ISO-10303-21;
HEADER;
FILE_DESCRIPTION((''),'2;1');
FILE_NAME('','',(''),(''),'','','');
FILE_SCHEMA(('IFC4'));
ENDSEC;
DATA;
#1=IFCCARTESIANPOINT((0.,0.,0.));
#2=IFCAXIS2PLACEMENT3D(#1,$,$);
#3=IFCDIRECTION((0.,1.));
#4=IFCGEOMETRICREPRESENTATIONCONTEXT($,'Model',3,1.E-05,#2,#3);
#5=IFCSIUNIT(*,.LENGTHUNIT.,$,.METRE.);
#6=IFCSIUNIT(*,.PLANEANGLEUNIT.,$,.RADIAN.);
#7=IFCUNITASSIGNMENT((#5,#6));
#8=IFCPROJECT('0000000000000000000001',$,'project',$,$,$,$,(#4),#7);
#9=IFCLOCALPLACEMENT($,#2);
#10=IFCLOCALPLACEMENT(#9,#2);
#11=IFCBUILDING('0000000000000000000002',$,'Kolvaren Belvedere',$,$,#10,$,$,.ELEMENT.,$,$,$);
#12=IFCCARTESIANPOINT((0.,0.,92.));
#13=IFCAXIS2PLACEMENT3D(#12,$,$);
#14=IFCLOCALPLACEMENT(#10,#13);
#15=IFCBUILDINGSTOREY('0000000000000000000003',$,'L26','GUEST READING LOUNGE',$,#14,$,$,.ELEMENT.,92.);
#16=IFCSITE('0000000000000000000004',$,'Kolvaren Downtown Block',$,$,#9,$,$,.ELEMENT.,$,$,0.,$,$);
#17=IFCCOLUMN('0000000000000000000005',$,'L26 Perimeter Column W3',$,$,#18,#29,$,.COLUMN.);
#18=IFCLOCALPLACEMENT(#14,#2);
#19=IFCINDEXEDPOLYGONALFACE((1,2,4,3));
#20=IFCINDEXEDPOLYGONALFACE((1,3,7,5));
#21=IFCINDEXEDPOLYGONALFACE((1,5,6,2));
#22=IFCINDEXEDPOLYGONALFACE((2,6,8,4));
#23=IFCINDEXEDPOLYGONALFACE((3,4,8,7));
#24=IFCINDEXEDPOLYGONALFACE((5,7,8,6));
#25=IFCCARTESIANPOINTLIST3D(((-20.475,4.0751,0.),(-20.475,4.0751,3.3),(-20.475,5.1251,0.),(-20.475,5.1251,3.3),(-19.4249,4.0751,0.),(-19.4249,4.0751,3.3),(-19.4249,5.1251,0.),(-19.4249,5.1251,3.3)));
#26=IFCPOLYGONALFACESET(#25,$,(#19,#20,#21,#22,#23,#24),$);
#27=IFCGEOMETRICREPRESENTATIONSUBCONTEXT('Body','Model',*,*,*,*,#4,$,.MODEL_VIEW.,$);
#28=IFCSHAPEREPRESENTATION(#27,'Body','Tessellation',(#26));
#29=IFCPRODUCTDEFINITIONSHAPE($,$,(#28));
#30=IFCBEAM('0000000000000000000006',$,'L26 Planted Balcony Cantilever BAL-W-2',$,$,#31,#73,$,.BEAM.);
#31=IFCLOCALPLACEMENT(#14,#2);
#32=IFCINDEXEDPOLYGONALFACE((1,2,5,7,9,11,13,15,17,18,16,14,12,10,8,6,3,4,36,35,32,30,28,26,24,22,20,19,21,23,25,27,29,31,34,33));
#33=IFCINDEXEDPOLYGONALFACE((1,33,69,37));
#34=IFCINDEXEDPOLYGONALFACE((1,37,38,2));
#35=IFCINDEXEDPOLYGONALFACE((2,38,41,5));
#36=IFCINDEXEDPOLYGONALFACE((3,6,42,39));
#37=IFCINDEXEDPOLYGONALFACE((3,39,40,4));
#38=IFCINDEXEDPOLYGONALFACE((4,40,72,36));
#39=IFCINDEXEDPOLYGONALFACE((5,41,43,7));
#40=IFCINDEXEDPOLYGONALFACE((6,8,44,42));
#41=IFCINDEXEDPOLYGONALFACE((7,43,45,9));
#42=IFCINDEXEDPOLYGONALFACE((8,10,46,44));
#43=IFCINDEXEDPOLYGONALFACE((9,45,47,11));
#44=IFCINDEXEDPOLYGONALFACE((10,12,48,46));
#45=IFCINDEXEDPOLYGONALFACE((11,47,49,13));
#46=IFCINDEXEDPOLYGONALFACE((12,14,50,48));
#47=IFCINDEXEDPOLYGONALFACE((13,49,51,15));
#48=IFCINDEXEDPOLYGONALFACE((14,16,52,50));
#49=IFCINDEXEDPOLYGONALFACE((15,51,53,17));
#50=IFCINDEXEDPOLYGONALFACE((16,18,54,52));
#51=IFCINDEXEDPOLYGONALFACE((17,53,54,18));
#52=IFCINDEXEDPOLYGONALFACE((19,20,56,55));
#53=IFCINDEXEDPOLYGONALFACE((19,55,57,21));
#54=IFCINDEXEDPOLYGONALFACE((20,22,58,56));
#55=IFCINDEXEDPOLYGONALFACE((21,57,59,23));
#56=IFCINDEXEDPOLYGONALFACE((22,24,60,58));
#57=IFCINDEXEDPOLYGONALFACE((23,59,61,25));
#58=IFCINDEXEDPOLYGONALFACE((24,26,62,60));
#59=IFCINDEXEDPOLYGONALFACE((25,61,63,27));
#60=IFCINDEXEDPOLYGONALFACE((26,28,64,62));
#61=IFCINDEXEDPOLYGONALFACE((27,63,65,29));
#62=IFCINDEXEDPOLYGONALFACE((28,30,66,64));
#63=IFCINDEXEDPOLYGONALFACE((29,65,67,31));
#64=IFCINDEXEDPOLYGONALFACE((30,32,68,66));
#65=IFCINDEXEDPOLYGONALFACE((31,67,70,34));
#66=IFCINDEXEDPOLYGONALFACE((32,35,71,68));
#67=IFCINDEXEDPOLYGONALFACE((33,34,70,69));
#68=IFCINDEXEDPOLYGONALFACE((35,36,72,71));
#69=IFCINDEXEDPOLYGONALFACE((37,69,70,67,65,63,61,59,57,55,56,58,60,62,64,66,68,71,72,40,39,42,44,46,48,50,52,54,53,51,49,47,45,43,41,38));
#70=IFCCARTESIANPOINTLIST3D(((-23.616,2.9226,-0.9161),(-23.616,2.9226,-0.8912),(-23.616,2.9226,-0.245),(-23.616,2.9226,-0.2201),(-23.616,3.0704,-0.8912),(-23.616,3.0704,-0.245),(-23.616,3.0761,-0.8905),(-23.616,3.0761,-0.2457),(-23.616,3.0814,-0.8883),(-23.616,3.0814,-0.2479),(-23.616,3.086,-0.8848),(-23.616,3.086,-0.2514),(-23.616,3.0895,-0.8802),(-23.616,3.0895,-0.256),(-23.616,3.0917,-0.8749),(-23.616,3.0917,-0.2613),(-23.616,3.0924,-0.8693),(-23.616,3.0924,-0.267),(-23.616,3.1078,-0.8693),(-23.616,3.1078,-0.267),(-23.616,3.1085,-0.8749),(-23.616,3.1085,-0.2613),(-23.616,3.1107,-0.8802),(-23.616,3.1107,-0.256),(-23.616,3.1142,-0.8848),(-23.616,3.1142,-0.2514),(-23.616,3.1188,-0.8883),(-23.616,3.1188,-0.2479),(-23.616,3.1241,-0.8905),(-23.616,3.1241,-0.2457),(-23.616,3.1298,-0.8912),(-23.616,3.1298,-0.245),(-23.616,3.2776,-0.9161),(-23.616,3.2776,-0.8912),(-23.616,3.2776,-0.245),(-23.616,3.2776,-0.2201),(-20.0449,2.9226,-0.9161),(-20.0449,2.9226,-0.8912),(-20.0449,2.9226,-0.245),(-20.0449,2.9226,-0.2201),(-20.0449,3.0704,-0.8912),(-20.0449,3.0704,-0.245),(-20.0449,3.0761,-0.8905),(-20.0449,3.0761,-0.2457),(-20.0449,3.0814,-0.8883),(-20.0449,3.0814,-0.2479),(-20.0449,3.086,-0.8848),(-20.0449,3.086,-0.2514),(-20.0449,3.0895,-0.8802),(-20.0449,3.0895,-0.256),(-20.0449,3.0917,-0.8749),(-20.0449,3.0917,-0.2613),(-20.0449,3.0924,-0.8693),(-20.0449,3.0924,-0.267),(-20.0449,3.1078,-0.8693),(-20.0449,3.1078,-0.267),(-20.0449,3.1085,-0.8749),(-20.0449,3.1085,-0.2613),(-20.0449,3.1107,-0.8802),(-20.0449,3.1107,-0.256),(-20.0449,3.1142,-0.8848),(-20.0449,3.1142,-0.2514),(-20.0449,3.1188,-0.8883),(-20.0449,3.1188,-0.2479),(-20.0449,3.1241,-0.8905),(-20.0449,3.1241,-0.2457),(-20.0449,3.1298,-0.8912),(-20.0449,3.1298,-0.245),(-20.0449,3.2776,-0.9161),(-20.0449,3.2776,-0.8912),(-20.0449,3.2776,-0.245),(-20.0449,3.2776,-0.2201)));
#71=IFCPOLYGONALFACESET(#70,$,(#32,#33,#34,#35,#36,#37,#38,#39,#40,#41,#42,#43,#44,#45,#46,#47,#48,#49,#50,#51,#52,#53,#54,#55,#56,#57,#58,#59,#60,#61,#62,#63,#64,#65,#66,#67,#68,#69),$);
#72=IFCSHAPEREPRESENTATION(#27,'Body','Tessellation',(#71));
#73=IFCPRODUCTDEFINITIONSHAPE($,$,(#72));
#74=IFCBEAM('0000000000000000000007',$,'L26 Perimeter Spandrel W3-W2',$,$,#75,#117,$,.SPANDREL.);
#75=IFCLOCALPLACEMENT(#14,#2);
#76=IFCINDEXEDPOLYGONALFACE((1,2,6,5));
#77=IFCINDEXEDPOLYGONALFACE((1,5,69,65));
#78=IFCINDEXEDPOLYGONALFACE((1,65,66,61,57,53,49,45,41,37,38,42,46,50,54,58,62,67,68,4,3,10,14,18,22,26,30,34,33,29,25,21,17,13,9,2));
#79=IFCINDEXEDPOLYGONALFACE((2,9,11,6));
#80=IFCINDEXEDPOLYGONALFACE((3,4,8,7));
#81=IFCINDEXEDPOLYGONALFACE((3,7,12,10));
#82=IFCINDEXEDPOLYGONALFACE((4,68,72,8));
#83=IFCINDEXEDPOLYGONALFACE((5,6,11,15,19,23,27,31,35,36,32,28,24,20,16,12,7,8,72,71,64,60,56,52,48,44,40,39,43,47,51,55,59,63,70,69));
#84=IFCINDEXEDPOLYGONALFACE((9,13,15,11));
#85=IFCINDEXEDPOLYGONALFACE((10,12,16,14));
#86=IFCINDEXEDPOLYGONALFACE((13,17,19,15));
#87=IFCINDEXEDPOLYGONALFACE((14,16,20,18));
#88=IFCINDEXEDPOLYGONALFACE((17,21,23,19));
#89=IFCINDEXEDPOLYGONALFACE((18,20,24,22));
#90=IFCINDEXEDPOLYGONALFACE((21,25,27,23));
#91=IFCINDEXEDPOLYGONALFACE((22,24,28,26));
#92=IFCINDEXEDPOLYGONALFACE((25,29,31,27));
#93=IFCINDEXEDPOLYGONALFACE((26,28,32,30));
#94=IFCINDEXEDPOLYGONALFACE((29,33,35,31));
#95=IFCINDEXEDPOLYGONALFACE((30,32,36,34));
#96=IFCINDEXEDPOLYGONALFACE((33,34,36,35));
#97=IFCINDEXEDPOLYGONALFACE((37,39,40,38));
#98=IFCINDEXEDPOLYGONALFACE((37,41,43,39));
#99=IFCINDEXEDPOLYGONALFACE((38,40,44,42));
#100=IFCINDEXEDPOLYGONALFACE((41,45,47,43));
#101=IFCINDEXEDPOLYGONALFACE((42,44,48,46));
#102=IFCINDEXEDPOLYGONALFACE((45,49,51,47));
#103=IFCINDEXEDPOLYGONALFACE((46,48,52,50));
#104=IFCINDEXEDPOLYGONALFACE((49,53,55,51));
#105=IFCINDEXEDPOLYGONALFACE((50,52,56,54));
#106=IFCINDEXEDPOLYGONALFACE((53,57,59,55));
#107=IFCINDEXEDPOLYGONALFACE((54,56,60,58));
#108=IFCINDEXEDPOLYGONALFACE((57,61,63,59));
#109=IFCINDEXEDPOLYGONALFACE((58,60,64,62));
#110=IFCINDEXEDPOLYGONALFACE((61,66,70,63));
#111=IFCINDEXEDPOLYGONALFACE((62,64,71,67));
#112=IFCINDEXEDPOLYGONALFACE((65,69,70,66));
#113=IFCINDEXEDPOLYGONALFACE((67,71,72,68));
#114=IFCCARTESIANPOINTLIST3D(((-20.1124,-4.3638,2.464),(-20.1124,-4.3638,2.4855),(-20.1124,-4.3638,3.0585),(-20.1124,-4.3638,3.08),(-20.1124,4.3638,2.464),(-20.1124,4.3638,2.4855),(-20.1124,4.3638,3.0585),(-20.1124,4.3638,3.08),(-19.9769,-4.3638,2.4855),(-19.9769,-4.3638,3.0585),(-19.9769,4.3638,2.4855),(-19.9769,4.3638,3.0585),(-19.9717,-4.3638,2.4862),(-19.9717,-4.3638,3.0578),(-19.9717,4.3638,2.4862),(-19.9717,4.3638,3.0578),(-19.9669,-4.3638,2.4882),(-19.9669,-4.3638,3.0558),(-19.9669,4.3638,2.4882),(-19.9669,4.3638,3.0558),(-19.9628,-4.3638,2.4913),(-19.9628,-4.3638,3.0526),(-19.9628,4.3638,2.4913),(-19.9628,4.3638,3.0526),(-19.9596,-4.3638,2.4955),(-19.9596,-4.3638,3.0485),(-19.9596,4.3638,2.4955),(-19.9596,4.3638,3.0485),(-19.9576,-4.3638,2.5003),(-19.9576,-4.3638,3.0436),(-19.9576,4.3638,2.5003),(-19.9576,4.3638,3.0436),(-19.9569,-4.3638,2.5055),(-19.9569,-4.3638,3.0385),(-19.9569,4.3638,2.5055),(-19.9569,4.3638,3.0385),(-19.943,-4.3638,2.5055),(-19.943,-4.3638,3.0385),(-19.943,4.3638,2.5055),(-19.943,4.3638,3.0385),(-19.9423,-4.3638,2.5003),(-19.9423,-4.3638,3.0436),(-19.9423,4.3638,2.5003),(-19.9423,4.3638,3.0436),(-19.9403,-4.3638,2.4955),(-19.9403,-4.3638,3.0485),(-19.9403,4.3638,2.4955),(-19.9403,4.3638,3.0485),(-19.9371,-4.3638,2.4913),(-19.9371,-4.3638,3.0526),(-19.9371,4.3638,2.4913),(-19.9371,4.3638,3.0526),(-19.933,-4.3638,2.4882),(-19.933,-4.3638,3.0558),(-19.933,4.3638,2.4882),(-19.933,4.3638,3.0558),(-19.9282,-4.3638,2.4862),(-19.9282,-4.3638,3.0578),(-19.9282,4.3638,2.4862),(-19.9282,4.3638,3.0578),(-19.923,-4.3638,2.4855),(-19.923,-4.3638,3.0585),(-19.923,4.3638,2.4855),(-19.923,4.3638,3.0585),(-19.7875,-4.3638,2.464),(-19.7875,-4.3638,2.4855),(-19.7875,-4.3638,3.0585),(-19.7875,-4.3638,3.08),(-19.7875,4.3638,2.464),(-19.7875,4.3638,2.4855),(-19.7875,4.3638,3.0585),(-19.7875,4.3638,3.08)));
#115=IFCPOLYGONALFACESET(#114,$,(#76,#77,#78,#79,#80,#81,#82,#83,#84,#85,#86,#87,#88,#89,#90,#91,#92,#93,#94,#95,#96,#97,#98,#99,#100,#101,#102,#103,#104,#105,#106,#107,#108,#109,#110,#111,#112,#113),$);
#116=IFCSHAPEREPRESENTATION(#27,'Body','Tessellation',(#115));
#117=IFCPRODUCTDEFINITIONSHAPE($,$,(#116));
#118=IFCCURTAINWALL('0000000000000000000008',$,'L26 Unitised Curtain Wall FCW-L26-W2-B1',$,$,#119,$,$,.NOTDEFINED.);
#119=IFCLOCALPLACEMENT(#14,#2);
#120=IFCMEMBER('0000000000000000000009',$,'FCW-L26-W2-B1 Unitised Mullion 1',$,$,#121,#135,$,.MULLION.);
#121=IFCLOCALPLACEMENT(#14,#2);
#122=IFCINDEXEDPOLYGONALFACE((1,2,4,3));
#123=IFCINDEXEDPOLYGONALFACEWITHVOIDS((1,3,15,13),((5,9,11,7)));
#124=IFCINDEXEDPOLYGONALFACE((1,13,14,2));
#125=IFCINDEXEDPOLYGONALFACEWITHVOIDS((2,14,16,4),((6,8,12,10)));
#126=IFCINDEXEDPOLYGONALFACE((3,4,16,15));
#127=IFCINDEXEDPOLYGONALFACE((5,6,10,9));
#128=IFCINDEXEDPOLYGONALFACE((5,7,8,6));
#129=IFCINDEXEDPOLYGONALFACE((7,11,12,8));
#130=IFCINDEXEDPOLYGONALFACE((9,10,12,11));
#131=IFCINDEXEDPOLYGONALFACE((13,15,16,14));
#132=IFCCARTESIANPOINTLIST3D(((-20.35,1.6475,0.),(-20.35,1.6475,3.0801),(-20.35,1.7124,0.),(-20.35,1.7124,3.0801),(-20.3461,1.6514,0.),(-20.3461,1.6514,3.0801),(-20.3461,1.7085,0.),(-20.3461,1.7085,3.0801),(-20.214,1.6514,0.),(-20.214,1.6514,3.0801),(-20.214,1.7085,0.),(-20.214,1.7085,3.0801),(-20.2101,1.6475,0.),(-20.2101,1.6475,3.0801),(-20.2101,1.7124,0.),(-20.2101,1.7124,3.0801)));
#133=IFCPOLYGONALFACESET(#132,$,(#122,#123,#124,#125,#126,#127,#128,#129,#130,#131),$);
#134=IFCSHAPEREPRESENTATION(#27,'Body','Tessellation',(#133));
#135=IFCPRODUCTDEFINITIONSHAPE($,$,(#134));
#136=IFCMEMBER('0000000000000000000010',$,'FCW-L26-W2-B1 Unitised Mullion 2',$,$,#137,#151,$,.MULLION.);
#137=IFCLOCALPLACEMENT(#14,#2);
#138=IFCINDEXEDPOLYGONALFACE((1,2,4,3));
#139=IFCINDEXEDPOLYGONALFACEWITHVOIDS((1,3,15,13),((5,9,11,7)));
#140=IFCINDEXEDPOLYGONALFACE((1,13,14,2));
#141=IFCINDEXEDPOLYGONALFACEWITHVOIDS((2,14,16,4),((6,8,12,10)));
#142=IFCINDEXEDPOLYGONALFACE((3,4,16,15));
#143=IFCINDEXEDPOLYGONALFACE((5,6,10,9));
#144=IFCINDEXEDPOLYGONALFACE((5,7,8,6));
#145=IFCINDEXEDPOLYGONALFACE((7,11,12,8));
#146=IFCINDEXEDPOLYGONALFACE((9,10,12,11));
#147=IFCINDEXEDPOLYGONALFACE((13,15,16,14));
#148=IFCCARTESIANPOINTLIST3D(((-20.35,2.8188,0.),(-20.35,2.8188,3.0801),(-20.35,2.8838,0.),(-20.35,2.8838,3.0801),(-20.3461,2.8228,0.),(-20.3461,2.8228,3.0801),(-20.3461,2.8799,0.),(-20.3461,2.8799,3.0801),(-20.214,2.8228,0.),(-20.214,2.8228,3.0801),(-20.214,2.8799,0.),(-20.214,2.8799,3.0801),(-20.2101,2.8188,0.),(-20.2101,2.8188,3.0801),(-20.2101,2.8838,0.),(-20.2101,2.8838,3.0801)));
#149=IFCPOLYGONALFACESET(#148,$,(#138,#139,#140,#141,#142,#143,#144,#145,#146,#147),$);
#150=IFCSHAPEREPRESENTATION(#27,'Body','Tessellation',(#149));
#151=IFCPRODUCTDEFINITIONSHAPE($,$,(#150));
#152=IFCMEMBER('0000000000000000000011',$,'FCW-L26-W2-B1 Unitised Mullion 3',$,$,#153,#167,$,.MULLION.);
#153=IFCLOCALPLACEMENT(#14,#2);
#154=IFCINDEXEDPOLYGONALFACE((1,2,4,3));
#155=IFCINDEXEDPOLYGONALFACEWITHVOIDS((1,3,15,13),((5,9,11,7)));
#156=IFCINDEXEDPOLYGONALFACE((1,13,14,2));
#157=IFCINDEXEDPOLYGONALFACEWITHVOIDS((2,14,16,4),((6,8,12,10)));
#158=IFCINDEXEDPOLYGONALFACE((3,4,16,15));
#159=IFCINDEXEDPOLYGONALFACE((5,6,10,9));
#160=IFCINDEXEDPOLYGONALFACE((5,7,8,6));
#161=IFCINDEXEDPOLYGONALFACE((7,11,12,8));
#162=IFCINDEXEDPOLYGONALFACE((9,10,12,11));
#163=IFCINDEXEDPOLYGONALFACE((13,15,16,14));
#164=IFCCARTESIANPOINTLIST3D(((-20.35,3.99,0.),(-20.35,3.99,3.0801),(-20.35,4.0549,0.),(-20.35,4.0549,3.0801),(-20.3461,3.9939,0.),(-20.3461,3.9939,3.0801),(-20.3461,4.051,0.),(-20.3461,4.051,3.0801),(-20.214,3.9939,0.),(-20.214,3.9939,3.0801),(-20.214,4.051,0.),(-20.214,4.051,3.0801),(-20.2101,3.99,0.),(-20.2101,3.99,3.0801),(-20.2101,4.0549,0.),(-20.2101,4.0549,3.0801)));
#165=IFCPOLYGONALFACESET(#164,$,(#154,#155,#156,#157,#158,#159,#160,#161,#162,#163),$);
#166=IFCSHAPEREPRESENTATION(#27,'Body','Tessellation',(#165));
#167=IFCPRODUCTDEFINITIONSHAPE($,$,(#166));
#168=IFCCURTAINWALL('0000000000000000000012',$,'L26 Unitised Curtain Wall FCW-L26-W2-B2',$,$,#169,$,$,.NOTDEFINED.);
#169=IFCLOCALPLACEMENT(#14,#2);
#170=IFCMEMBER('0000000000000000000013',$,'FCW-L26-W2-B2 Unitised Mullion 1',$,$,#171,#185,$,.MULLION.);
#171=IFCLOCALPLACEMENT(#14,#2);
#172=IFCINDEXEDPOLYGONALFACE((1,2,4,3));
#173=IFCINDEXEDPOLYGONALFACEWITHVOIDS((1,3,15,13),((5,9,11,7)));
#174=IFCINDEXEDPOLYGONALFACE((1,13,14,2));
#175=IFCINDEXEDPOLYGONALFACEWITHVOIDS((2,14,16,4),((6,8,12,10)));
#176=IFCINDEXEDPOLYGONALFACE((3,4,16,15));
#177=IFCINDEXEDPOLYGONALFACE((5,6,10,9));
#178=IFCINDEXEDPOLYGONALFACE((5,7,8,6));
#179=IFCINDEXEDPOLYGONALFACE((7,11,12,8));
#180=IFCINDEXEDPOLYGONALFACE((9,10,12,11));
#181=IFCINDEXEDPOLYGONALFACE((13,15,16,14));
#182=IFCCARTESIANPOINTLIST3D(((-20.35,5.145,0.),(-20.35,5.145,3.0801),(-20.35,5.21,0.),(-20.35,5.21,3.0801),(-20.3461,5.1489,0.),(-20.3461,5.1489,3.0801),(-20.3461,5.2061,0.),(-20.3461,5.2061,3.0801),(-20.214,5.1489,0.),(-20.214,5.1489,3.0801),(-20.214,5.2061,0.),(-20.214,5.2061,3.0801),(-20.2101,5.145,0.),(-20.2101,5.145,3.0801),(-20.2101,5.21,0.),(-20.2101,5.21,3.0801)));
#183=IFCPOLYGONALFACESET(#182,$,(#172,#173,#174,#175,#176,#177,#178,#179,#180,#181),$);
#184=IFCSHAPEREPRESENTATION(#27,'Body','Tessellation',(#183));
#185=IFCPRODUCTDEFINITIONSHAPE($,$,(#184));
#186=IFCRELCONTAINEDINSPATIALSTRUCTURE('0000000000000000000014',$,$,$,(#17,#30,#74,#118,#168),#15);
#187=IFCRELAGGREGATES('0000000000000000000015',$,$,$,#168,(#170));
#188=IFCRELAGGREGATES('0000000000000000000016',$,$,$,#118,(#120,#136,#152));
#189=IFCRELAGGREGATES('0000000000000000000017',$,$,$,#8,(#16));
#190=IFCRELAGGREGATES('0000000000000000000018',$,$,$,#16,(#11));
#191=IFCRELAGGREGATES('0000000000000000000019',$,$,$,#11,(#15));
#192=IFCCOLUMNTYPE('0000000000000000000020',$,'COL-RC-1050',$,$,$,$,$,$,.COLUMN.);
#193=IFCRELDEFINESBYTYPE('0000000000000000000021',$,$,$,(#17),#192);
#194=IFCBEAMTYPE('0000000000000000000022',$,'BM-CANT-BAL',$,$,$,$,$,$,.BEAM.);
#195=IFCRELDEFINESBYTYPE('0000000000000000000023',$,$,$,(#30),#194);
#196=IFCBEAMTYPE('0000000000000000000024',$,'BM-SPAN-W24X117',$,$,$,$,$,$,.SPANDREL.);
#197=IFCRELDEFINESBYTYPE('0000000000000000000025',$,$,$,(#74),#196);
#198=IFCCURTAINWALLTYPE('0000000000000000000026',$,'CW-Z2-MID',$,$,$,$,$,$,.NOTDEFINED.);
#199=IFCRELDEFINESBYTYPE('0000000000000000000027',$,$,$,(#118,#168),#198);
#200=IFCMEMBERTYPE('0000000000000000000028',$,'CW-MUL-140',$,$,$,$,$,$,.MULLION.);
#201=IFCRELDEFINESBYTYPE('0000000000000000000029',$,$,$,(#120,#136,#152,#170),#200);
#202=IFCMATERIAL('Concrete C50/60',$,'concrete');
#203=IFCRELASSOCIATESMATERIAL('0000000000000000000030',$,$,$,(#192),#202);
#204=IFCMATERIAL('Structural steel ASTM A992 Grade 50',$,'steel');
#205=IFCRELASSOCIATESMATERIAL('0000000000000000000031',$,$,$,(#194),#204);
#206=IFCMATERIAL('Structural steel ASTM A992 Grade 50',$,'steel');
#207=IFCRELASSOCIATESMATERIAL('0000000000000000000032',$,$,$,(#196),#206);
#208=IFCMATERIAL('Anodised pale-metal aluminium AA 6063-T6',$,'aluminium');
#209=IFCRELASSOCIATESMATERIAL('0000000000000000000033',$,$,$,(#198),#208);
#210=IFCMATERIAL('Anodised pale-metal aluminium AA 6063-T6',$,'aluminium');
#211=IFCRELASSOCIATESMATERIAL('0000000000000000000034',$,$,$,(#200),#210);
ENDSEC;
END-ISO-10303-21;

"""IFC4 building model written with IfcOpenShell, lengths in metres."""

from ifc_helpers import new_model, si_unit, direction, frame, origin, origin_2d, place, context, subcontext, project, spatial, rectangle, hollow_rectangle, i_section, extrude, material, material_profile, profile_set, type_object, element, aggregate, save


model = new_model("IFC4")

# Units and contexts
model_context = context("Model", 3, precision=1e-05, world=origin(), true_north=direction((0.0, 1.0)))
body_context = subcontext(model_context, "Body", "Model", "MODEL_VIEW")
ifc_project = project(units=[si_unit("LENGTHUNIT", "METRE"), si_unit("PLANEANGLEUNIT", "RADIAN")], contexts=[model_context])

# Site, building, storey
site_placement = place(None, origin())
site = spatial("IfcSite", under=ifc_project, at=site_placement, Name="Kolvaren Downtown Block", CompositionType="ELEMENT", RefElevation=0.0)
building_placement = place(site_placement, origin())
building = spatial("IfcBuilding", under=site, at=building_placement, Name="Kolvaren Belvedere", CompositionType="ELEMENT")
storey_placement = place(building_placement, frame((0.0, 0.0, 92.0)))
storey = spatial("IfcBuildingStorey", under=building, at=storey_placement, Name="L26", Description="GUEST READING LOUNGE", CompositionType="ELEMENT", Elevation=92.0)

# Column
ifc_material_1 = material(Name="Concrete C50/60", Category="concrete")
ifc_material_profile_1 = material_profile(ifc_material_1, rectangle(XDim=1.05, YDim=1.05, at=origin_2d()), Name="RC 1050X1050")
ifc_profile_set_1 = profile_set([ifc_material_profile_1], Name="Concrete C50/60")
column_type = type_object("IfcColumnType", Name="COL-RC-1050", PredefinedType="COLUMN", material=ifc_profile_set_1)
column_placement = place(storey_placement, frame((-19.95, 4.6001, 0.0), z_axis=(0.0, 0.0, 1.0), x_axis=(1.0, 0.0, 0.0)))
element("IfcColumn", 1, at=column_placement, inside=storey, type_object=column_type, Name="L26 Perimeter Column W3", PredefinedType="COLUMN", context=body_context, shape_type="SweptSolid", body=[
    extrude(rectangle(XDim=1.05, YDim=1.05, at=origin_2d()), origin(), (0.0, 0.0, 1.0), 3.3),
])

# Beams
ifc_material_2 = material(Name="Structural steel ASTM A992 Grade 50", Category="steel")
ifc_material_profile_2 = material_profile(ifc_material_2, i_section(OverallWidth=0.355, OverallDepth=0.696, WebThickness=0.0154, FlangeThickness=0.0249, FilletRadius=0.022, at=origin_2d()), Name="W27X146")
ifc_profile_set_2 = profile_set([ifc_material_profile_2], Name="Structural steel ASTM A992 Grade 50")
beam_type_1 = type_object("IfcBeamType", Name="BM-CANT-BAL", PredefinedType="BEAM", material=ifc_profile_set_2)
beam_1_placement = place(storey_placement, frame((-20.0449, 3.1001, -0.5681), z_axis=(-1.0, 0.0, 0.0), x_axis=(0.0, -1.0, 0.0)))
element("IfcBeam", 2, at=beam_1_placement, inside=storey, type_object=beam_type_1, Name="L26 Planted Balcony Cantilever BAL-W-2", PredefinedType="BEAM", context=body_context, shape_type="SweptSolid", body=[
    extrude(i_section(OverallWidth=0.355, OverallDepth=0.696, WebThickness=0.0154, FlangeThickness=0.0249, FilletRadius=0.022, at=origin_2d()), origin(), (0.0, 0.0, 1.0), 3.571),
])
ifc_material_3 = material(Name="Structural steel ASTM A992 Grade 50", Category="steel")
ifc_material_profile_3 = material_profile(ifc_material_3, i_section(OverallWidth=0.325, OverallDepth=0.616, WebThickness=0.0139, FlangeThickness=0.0215, FilletRadius=0.02, at=origin_2d()), Name="W24X117")
ifc_profile_set_3 = profile_set([ifc_material_profile_3], Name="Structural steel ASTM A992 Grade 50")
beam_type_2 = type_object("IfcBeamType", Name="BM-SPAN-W24X117", PredefinedType="SPANDREL", material=ifc_profile_set_3)
beam_2_placement = place(storey_placement, frame((-19.95, 4.3638, 2.772), z_axis=(0.0, -1.0, 0.0), x_axis=(1.0, 0.0, 0.0)))
element("IfcBeam", 3, at=beam_2_placement, inside=storey, type_object=beam_type_2, Name="L26 Perimeter Spandrel W3-W2", PredefinedType="SPANDREL", context=body_context, shape_type="SweptSolid", body=[
    extrude(i_section(OverallWidth=0.325, OverallDepth=0.616, WebThickness=0.0139, FlangeThickness=0.0215, FilletRadius=0.02, at=origin_2d()), origin(), (0.0, 0.0, 1.0), 8.7275),
])

# Curtain wall, members
ifc_material_4 = material(Name="Anodised pale-metal aluminium AA 6063-T6", Category="aluminium")
curtain_wall_type = type_object("IfcCurtainWallType", Name="CW-Z2-MID", PredefinedType="NOTDEFINED", material=ifc_material_4)
curtain_wall_1_placement = place(storey_placement, origin())
curtain_wall_1 = element("IfcCurtainWall", 4, at=curtain_wall_1_placement, inside=storey, type_object=curtain_wall_type, Name="L26 Unitised Curtain Wall FCW-L26-W2-B1", PredefinedType="NOTDEFINED")
ifc_material_5 = material(Name="Anodised pale-metal aluminium AA 6063-T6", Category="aluminium")
ifc_material_profile_4 = material_profile(ifc_material_5, hollow_rectangle(XDim=0.0649, YDim=0.1399, WallThickness=0.0039, at=origin_2d()), Name="ALU-MUL-140X65")
ifc_profile_set_4 = profile_set([ifc_material_profile_4], Name="Anodised pale-metal aluminium AA 6063-T6")
member_type_1 = type_object("IfcMemberType", Name="CW-MUL-140", PredefinedType="MULLION", material=ifc_profile_set_4)
member_1_placement = place(storey_placement, frame((-20.28, 1.6799, 0.0), z_axis=(0.0, 0.0, 1.0), x_axis=(0.0, 1.0, 0.0)))
member_1 = element("IfcMember", 5, at=member_1_placement, type_object=member_type_1, Name="FCW-L26-W2-B1 Unitised Mullion 1", PredefinedType="MULLION", context=body_context, shape_type="SweptSolid", body=[
    extrude(hollow_rectangle(XDim=0.0649, YDim=0.1399, WallThickness=0.0039, at=origin_2d()), origin(), (0.0, 0.0, 1.0), 3.0801),
])
member_2_placement = place(storey_placement, frame((-20.28, 2.8513, 0.0), z_axis=(0.0, 0.0, 1.0), x_axis=(0.0, 1.0, 0.0)))
member_2 = element("IfcMember", 6, at=member_2_placement, type_object=member_type_1, Name="FCW-L26-W2-B1 Unitised Mullion 2", PredefinedType="MULLION", context=body_context, shape_type="SweptSolid", body=[
    extrude(hollow_rectangle(XDim=0.0649, YDim=0.1399, WallThickness=0.0039, at=origin_2d()), origin(), (0.0, 0.0, 1.0), 3.0801),
])
member_3_placement = place(storey_placement, frame((-20.28, 4.0225, 0.0), z_axis=(0.0, 0.0, 1.0), x_axis=(0.0, 1.0, 0.0)))
member_3 = element("IfcMember", 7, at=member_3_placement, type_object=member_type_1, Name="FCW-L26-W2-B1 Unitised Mullion 3", PredefinedType="MULLION", context=body_context, shape_type="SweptSolid", body=[
    extrude(hollow_rectangle(XDim=0.0649, YDim=0.1399, WallThickness=0.0039, at=origin_2d()), origin(), (0.0, 0.0, 1.0), 3.0801),
])

# Curtain wall, member
curtain_wall_2_placement = place(storey_placement, origin())
curtain_wall_2 = element("IfcCurtainWall", 8, at=curtain_wall_2_placement, inside=storey, type_object=curtain_wall_type, Name="L26 Unitised Curtain Wall FCW-L26-W2-B2", PredefinedType="NOTDEFINED")
member_4_placement = place(storey_placement, frame((-20.28, 5.1775, 0.0), z_axis=(0.0, 0.0, 1.0), x_axis=(0.0, 1.0, 0.0)))
member_4 = element("IfcMember", 9, at=member_4_placement, type_object=member_type_1, Name="FCW-L26-W2-B2 Unitised Mullion 1", PredefinedType="MULLION", context=body_context, shape_type="SweptSolid", body=[
    extrude(hollow_rectangle(XDim=0.0649, YDim=0.1399, WallThickness=0.0039, at=origin_2d()), origin(), (0.0, 0.0, 1.0), 3.0801),
])

aggregate(curtain_wall_2, [member_4])

aggregate(curtain_wall_1, [member_1, member_2, member_3])

save(model, "model.ifc")
